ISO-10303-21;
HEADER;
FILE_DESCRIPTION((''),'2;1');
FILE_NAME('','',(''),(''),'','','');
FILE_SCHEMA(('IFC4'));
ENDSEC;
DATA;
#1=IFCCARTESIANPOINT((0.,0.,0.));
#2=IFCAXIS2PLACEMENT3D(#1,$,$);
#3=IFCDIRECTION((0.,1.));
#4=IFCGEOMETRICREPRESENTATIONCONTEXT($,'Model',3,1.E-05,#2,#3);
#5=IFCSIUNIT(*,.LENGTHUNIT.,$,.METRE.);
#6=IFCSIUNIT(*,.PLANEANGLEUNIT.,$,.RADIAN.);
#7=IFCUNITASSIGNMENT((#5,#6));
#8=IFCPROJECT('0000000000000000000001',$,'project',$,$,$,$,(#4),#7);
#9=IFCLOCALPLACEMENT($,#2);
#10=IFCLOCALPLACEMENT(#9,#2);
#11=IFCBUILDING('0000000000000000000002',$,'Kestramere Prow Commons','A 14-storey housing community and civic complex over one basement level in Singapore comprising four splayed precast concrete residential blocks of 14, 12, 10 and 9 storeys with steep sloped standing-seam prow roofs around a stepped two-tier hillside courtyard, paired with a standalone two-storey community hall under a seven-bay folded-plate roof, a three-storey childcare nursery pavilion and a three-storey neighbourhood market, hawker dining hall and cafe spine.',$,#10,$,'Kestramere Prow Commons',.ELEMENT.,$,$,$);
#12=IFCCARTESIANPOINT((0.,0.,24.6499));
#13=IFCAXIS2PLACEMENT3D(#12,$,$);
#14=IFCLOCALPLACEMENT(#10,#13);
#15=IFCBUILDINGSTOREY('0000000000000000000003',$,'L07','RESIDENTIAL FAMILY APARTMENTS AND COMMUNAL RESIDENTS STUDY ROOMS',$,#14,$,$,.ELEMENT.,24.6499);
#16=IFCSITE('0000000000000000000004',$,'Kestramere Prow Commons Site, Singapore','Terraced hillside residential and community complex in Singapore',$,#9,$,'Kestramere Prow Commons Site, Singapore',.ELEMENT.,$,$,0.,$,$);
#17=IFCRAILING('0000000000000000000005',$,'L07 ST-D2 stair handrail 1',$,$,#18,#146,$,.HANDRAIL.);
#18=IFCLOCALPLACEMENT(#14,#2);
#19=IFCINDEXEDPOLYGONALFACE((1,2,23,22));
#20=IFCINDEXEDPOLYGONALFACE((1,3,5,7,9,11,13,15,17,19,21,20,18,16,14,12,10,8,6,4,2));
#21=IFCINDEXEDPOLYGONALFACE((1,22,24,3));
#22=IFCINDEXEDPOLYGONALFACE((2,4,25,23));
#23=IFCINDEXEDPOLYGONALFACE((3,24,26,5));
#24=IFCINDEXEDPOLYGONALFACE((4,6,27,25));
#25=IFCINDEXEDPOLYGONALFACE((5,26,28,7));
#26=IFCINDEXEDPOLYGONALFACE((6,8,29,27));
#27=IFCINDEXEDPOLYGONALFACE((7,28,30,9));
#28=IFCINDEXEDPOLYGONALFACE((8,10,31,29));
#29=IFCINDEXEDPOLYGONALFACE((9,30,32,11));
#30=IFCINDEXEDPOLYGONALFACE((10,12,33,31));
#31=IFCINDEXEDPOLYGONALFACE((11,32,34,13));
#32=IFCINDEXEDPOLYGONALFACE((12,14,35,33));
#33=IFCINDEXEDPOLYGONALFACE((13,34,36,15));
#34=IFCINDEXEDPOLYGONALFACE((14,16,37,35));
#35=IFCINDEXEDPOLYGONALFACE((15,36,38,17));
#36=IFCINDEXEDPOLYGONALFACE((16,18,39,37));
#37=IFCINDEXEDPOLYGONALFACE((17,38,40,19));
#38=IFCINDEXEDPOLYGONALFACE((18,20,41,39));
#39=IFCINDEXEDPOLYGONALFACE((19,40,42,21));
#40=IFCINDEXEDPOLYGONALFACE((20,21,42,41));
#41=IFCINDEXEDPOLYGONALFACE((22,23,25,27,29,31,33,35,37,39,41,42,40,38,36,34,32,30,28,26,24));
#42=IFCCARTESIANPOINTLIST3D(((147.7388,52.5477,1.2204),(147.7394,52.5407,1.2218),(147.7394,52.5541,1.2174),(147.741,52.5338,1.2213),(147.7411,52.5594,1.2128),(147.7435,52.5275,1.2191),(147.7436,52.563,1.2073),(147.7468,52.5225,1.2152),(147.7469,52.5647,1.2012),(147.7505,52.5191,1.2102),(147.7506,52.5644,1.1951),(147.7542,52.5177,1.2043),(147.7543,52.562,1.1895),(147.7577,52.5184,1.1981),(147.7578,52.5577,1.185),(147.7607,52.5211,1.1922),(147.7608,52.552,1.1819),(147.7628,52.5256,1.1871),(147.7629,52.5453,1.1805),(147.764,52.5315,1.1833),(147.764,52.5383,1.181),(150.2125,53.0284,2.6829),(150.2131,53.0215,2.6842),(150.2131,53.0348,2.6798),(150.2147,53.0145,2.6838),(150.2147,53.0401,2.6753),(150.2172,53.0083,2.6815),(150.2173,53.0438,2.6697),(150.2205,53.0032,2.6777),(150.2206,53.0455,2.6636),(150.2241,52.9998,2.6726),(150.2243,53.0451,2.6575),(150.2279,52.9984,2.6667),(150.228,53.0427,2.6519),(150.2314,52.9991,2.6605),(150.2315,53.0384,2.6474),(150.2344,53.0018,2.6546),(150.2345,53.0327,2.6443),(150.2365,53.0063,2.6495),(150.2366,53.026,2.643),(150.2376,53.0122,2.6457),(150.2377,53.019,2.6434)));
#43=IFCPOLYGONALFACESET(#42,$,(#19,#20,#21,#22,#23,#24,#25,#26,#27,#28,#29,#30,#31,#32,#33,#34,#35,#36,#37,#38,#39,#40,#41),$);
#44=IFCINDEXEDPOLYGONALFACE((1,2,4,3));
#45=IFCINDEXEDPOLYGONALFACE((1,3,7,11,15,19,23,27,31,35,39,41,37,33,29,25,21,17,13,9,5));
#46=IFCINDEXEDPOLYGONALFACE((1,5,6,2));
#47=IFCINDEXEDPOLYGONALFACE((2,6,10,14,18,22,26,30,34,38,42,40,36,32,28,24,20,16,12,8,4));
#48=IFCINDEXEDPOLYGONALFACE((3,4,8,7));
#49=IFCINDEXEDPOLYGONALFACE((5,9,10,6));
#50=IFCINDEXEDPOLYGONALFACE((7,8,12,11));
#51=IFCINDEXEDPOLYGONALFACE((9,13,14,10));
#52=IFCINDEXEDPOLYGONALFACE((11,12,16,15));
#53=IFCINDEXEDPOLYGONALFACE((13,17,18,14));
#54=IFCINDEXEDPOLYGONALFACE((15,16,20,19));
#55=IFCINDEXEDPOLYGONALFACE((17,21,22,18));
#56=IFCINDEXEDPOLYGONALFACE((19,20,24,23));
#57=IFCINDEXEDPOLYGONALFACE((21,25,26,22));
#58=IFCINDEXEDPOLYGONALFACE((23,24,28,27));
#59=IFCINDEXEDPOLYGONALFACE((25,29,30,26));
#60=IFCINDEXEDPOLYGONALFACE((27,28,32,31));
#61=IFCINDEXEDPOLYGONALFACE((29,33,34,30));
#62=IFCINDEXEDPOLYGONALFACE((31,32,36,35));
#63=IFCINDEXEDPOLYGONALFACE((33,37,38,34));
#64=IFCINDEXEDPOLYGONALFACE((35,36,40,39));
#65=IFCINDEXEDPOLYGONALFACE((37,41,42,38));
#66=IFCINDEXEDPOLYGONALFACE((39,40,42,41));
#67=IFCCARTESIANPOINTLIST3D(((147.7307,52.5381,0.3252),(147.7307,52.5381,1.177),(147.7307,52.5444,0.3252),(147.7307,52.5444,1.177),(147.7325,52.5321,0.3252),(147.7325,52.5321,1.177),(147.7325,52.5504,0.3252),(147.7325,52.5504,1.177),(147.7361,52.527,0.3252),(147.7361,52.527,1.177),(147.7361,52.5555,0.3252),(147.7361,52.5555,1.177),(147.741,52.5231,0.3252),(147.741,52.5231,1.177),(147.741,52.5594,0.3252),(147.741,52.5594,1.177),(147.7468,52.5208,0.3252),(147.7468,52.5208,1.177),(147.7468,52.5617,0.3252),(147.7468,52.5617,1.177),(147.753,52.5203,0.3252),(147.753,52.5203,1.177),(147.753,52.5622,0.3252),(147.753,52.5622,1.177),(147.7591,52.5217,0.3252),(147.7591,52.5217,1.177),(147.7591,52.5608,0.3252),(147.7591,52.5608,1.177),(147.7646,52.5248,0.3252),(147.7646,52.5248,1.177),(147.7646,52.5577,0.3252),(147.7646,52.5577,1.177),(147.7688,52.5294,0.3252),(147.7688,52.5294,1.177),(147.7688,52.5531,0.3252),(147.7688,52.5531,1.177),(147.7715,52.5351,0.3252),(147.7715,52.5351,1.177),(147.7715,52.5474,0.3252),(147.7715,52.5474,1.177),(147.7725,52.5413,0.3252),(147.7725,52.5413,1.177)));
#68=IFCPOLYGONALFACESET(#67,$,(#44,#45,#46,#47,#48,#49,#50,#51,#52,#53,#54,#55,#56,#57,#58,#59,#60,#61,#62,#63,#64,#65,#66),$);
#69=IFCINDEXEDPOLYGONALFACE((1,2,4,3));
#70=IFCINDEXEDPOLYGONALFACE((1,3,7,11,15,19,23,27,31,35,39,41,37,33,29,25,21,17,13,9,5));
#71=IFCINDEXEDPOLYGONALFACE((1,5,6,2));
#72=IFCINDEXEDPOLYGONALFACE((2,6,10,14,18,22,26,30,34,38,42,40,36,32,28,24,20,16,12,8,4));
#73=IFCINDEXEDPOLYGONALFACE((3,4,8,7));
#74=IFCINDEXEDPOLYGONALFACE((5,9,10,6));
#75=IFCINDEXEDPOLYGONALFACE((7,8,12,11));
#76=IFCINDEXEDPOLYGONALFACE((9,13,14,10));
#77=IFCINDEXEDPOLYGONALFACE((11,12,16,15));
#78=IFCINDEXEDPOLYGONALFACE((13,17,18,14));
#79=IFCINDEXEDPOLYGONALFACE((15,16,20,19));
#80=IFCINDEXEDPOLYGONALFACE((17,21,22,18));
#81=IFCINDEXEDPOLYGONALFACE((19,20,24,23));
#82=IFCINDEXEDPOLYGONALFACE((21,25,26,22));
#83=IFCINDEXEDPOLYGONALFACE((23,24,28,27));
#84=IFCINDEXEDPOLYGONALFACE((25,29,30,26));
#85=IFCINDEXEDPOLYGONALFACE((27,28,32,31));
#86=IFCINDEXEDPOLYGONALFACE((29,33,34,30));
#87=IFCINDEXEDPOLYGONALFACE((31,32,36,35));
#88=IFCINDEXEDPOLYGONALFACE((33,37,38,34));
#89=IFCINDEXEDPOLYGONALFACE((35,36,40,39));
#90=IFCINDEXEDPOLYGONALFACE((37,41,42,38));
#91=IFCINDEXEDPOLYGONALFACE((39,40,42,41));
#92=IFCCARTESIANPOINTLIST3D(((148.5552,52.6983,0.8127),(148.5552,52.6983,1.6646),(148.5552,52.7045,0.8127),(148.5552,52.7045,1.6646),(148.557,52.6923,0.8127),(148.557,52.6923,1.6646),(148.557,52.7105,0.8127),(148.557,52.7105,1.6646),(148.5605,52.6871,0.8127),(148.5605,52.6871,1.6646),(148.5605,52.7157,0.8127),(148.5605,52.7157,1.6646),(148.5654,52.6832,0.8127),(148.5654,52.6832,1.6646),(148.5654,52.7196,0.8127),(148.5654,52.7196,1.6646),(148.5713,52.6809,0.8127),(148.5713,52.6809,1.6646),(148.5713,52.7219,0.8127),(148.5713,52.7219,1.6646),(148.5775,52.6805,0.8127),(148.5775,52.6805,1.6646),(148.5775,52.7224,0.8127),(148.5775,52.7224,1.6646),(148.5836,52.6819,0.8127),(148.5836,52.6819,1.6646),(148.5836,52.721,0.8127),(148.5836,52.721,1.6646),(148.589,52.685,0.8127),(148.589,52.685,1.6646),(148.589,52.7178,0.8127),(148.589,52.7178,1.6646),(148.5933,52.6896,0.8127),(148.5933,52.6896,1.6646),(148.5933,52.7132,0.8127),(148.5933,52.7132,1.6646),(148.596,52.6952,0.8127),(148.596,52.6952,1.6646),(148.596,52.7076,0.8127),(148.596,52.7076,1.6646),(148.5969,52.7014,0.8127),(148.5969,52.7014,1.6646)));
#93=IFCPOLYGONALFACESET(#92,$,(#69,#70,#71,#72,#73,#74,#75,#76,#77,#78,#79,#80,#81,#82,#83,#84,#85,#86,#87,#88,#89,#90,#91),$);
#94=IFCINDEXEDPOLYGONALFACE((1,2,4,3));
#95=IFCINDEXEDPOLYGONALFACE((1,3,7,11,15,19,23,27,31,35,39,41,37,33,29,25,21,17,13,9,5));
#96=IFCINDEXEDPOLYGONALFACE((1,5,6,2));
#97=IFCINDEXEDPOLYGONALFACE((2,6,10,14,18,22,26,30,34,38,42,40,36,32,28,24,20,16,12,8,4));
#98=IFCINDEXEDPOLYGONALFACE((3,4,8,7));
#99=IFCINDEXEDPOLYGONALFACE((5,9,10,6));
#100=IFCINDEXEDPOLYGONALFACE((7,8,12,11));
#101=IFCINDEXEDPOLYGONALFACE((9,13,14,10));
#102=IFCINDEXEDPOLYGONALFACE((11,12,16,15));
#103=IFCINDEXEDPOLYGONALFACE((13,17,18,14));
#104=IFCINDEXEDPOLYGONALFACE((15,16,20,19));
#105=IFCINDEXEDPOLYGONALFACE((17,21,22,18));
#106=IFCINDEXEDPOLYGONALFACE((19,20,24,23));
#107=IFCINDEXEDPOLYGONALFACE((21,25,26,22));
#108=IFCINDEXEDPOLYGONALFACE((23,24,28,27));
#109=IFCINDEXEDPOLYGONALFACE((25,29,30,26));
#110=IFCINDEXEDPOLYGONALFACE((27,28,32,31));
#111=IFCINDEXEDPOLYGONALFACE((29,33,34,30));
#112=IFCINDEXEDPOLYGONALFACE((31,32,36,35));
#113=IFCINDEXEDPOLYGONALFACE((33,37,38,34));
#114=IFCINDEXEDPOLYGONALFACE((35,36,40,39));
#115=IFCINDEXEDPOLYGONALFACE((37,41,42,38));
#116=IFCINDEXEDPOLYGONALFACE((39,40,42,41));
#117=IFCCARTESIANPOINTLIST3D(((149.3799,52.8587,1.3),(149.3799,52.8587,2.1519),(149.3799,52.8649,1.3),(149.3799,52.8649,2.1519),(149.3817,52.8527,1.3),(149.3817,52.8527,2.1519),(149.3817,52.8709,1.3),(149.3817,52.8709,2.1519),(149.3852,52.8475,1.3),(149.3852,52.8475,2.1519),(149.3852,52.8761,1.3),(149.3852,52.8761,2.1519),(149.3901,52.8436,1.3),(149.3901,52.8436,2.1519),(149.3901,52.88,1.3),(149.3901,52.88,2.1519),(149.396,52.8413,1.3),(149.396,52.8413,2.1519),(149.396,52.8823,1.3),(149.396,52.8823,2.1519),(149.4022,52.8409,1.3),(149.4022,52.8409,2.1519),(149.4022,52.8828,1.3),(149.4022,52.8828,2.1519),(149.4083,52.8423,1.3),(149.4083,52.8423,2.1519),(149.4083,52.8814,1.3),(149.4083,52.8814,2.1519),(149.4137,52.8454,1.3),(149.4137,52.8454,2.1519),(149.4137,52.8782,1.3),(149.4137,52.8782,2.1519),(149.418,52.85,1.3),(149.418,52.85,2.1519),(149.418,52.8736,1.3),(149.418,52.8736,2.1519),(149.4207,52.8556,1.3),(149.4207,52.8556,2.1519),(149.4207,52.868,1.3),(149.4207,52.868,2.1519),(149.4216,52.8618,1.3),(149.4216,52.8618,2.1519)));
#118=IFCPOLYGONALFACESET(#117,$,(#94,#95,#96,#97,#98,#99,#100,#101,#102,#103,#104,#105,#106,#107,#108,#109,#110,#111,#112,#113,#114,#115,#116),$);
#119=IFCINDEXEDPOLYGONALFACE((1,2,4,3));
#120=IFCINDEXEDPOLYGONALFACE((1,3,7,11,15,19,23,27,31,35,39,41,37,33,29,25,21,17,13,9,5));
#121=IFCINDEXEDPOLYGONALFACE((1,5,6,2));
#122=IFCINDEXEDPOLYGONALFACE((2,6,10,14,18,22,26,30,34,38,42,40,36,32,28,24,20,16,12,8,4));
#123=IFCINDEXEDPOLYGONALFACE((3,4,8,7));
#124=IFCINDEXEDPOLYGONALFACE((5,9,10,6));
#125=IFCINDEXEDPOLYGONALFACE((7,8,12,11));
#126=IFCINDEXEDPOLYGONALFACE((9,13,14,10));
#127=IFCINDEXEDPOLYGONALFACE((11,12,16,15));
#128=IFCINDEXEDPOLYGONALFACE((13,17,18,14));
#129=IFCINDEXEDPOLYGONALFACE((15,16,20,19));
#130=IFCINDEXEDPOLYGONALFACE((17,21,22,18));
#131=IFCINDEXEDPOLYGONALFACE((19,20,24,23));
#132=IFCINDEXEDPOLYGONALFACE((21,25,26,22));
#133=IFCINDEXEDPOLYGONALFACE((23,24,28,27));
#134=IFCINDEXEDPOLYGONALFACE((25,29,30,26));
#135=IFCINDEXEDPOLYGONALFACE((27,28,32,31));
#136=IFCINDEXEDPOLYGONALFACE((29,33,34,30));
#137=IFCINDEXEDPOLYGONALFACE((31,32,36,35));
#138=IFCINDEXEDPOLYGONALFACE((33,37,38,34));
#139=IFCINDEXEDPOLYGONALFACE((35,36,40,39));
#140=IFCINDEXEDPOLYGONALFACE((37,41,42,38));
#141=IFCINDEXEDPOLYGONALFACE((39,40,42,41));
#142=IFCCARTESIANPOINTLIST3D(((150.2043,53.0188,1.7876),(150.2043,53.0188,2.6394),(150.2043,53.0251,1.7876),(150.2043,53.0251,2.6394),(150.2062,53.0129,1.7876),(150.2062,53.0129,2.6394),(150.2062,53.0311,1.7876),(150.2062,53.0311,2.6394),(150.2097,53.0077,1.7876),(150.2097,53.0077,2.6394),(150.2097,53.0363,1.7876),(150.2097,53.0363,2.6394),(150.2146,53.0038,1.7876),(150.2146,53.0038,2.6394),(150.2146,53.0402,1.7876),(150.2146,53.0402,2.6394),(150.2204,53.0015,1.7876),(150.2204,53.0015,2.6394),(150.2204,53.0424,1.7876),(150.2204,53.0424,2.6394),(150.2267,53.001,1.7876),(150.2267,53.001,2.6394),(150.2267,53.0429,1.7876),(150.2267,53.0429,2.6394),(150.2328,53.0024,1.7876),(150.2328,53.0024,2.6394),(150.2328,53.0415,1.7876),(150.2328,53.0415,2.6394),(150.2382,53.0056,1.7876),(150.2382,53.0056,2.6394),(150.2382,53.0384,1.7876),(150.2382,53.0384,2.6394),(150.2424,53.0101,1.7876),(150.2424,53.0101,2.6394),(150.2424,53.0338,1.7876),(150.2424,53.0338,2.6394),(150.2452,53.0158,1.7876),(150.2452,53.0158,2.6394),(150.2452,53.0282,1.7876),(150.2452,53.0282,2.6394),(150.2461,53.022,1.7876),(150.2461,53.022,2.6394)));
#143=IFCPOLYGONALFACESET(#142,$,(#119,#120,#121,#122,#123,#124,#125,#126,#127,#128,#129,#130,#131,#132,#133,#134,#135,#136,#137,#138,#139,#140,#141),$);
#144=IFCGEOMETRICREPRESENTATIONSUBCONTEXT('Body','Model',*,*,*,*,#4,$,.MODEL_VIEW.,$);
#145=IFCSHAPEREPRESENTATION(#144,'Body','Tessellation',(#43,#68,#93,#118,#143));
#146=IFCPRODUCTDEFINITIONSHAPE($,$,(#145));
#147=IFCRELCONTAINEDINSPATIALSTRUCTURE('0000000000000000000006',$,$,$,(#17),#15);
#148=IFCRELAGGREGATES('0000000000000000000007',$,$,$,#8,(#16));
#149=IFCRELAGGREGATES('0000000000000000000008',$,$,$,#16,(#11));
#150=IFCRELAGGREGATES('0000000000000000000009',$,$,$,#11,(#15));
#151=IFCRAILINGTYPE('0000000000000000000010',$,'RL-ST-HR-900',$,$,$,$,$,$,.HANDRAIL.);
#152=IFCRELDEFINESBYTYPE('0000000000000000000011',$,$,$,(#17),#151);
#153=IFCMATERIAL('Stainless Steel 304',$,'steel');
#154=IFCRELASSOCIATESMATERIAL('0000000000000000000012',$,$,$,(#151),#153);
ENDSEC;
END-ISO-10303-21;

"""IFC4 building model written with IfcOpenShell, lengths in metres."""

from ifc_helpers import new_model, si_unit, direction, frame, origin, origin_2d, place, context, subcontext, project, spatial, circle, extrude, material, type_object, element, save


model = new_model("IFC4")

# Units and contexts
model_context = context("Model", 3, precision=1e-05, world=origin(), true_north=direction((0.0, 1.0)))
body_context = subcontext(model_context, "Body", "Model", "MODEL_VIEW")
ifc_project = project(units=[si_unit("LENGTHUNIT", "METRE"), si_unit("PLANEANGLEUNIT", "RADIAN")], contexts=[model_context])

# Site, building, storey
site_placement = place(None, origin())
site = spatial("IfcSite", under=ifc_project, at=site_placement, Name="Kestramere Prow Commons Site, Singapore", Description="Terraced hillside residential and community complex in Singapore", LongName="Kestramere Prow Commons Site, Singapore", CompositionType="ELEMENT", RefElevation=0.0)
building_placement = place(site_placement, origin())
building = spatial("IfcBuilding", under=site, at=building_placement, Name="Kestramere Prow Commons", Description="A 14-storey housing community and civic complex over one basement level in Singapore comprising four splayed precast concrete residential blocks of 14, 12, 10 and 9 storeys with steep sloped standing-seam prow roofs around a stepped two-tier hillside courtyard, paired with a standalone two-storey community hall under a seven-bay folded-plate roof, a three-storey childcare nursery pavilion and a three-storey neighbourhood market, hawker dining hall and cafe spine.", LongName="Kestramere Prow Commons", CompositionType="ELEMENT")
storey_placement = place(building_placement, frame((0.0, 0.0, 24.6499)))
storey = spatial("IfcBuildingStorey", under=building, at=storey_placement, Name="L07", Description="RESIDENTIAL FAMILY APARTMENTS AND COMMUNAL RESIDENTS STUDY ROOMS", CompositionType="ELEMENT", Elevation=24.6499)

# Railing
ifc_material_1 = material(Name="Stainless Steel 304", Category="steel")
railing_type_1 = type_object("IfcRailingType", Name="RL-ST-HR-900", PredefinedType="HANDRAIL", material=ifc_material_1)
railing_1_placement = place(storey_placement, frame((147.7515, 52.5413, 0.3252)))
element("IfcRailing", 1, at=railing_1_placement, inside=storey, type_object=railing_type_1, Name="L07 ST-D2 stair handrail 1", PredefinedType="HANDRAIL", context=body_context, shape_type="SweptSolid", body=[
    extrude(circle(Radius=0.0239, at=origin_2d()), frame((0.0, 0.0, 0.876), z_axis=(0.84902, 0.164994, 0.501938), x_axis=(-0.190766, 0.981636, 0.0)), (0.0, 0.0, 1.0), 2.9136),
    extrude(circle(Radius=0.021, at=origin_2d()), origin(), (0.0, 0.0, 1.0), 0.8518),
    extrude(circle(Radius=0.021, at=origin_2d()), frame((0.8245, 0.1602, 0.4875)), (0.0, 0.0, 1.0), 0.8518),
    extrude(circle(Radius=0.021, at=origin_2d()), frame((1.6492, 0.3206, 0.9749)), (0.0, 0.0, 1.0), 0.8518),
    extrude(circle(Radius=0.021, at=origin_2d()), frame((2.4736, 0.4807, 1.4624)), (0.0, 0.0, 1.0), 0.8518),
])

save(model, "model.ifc")
